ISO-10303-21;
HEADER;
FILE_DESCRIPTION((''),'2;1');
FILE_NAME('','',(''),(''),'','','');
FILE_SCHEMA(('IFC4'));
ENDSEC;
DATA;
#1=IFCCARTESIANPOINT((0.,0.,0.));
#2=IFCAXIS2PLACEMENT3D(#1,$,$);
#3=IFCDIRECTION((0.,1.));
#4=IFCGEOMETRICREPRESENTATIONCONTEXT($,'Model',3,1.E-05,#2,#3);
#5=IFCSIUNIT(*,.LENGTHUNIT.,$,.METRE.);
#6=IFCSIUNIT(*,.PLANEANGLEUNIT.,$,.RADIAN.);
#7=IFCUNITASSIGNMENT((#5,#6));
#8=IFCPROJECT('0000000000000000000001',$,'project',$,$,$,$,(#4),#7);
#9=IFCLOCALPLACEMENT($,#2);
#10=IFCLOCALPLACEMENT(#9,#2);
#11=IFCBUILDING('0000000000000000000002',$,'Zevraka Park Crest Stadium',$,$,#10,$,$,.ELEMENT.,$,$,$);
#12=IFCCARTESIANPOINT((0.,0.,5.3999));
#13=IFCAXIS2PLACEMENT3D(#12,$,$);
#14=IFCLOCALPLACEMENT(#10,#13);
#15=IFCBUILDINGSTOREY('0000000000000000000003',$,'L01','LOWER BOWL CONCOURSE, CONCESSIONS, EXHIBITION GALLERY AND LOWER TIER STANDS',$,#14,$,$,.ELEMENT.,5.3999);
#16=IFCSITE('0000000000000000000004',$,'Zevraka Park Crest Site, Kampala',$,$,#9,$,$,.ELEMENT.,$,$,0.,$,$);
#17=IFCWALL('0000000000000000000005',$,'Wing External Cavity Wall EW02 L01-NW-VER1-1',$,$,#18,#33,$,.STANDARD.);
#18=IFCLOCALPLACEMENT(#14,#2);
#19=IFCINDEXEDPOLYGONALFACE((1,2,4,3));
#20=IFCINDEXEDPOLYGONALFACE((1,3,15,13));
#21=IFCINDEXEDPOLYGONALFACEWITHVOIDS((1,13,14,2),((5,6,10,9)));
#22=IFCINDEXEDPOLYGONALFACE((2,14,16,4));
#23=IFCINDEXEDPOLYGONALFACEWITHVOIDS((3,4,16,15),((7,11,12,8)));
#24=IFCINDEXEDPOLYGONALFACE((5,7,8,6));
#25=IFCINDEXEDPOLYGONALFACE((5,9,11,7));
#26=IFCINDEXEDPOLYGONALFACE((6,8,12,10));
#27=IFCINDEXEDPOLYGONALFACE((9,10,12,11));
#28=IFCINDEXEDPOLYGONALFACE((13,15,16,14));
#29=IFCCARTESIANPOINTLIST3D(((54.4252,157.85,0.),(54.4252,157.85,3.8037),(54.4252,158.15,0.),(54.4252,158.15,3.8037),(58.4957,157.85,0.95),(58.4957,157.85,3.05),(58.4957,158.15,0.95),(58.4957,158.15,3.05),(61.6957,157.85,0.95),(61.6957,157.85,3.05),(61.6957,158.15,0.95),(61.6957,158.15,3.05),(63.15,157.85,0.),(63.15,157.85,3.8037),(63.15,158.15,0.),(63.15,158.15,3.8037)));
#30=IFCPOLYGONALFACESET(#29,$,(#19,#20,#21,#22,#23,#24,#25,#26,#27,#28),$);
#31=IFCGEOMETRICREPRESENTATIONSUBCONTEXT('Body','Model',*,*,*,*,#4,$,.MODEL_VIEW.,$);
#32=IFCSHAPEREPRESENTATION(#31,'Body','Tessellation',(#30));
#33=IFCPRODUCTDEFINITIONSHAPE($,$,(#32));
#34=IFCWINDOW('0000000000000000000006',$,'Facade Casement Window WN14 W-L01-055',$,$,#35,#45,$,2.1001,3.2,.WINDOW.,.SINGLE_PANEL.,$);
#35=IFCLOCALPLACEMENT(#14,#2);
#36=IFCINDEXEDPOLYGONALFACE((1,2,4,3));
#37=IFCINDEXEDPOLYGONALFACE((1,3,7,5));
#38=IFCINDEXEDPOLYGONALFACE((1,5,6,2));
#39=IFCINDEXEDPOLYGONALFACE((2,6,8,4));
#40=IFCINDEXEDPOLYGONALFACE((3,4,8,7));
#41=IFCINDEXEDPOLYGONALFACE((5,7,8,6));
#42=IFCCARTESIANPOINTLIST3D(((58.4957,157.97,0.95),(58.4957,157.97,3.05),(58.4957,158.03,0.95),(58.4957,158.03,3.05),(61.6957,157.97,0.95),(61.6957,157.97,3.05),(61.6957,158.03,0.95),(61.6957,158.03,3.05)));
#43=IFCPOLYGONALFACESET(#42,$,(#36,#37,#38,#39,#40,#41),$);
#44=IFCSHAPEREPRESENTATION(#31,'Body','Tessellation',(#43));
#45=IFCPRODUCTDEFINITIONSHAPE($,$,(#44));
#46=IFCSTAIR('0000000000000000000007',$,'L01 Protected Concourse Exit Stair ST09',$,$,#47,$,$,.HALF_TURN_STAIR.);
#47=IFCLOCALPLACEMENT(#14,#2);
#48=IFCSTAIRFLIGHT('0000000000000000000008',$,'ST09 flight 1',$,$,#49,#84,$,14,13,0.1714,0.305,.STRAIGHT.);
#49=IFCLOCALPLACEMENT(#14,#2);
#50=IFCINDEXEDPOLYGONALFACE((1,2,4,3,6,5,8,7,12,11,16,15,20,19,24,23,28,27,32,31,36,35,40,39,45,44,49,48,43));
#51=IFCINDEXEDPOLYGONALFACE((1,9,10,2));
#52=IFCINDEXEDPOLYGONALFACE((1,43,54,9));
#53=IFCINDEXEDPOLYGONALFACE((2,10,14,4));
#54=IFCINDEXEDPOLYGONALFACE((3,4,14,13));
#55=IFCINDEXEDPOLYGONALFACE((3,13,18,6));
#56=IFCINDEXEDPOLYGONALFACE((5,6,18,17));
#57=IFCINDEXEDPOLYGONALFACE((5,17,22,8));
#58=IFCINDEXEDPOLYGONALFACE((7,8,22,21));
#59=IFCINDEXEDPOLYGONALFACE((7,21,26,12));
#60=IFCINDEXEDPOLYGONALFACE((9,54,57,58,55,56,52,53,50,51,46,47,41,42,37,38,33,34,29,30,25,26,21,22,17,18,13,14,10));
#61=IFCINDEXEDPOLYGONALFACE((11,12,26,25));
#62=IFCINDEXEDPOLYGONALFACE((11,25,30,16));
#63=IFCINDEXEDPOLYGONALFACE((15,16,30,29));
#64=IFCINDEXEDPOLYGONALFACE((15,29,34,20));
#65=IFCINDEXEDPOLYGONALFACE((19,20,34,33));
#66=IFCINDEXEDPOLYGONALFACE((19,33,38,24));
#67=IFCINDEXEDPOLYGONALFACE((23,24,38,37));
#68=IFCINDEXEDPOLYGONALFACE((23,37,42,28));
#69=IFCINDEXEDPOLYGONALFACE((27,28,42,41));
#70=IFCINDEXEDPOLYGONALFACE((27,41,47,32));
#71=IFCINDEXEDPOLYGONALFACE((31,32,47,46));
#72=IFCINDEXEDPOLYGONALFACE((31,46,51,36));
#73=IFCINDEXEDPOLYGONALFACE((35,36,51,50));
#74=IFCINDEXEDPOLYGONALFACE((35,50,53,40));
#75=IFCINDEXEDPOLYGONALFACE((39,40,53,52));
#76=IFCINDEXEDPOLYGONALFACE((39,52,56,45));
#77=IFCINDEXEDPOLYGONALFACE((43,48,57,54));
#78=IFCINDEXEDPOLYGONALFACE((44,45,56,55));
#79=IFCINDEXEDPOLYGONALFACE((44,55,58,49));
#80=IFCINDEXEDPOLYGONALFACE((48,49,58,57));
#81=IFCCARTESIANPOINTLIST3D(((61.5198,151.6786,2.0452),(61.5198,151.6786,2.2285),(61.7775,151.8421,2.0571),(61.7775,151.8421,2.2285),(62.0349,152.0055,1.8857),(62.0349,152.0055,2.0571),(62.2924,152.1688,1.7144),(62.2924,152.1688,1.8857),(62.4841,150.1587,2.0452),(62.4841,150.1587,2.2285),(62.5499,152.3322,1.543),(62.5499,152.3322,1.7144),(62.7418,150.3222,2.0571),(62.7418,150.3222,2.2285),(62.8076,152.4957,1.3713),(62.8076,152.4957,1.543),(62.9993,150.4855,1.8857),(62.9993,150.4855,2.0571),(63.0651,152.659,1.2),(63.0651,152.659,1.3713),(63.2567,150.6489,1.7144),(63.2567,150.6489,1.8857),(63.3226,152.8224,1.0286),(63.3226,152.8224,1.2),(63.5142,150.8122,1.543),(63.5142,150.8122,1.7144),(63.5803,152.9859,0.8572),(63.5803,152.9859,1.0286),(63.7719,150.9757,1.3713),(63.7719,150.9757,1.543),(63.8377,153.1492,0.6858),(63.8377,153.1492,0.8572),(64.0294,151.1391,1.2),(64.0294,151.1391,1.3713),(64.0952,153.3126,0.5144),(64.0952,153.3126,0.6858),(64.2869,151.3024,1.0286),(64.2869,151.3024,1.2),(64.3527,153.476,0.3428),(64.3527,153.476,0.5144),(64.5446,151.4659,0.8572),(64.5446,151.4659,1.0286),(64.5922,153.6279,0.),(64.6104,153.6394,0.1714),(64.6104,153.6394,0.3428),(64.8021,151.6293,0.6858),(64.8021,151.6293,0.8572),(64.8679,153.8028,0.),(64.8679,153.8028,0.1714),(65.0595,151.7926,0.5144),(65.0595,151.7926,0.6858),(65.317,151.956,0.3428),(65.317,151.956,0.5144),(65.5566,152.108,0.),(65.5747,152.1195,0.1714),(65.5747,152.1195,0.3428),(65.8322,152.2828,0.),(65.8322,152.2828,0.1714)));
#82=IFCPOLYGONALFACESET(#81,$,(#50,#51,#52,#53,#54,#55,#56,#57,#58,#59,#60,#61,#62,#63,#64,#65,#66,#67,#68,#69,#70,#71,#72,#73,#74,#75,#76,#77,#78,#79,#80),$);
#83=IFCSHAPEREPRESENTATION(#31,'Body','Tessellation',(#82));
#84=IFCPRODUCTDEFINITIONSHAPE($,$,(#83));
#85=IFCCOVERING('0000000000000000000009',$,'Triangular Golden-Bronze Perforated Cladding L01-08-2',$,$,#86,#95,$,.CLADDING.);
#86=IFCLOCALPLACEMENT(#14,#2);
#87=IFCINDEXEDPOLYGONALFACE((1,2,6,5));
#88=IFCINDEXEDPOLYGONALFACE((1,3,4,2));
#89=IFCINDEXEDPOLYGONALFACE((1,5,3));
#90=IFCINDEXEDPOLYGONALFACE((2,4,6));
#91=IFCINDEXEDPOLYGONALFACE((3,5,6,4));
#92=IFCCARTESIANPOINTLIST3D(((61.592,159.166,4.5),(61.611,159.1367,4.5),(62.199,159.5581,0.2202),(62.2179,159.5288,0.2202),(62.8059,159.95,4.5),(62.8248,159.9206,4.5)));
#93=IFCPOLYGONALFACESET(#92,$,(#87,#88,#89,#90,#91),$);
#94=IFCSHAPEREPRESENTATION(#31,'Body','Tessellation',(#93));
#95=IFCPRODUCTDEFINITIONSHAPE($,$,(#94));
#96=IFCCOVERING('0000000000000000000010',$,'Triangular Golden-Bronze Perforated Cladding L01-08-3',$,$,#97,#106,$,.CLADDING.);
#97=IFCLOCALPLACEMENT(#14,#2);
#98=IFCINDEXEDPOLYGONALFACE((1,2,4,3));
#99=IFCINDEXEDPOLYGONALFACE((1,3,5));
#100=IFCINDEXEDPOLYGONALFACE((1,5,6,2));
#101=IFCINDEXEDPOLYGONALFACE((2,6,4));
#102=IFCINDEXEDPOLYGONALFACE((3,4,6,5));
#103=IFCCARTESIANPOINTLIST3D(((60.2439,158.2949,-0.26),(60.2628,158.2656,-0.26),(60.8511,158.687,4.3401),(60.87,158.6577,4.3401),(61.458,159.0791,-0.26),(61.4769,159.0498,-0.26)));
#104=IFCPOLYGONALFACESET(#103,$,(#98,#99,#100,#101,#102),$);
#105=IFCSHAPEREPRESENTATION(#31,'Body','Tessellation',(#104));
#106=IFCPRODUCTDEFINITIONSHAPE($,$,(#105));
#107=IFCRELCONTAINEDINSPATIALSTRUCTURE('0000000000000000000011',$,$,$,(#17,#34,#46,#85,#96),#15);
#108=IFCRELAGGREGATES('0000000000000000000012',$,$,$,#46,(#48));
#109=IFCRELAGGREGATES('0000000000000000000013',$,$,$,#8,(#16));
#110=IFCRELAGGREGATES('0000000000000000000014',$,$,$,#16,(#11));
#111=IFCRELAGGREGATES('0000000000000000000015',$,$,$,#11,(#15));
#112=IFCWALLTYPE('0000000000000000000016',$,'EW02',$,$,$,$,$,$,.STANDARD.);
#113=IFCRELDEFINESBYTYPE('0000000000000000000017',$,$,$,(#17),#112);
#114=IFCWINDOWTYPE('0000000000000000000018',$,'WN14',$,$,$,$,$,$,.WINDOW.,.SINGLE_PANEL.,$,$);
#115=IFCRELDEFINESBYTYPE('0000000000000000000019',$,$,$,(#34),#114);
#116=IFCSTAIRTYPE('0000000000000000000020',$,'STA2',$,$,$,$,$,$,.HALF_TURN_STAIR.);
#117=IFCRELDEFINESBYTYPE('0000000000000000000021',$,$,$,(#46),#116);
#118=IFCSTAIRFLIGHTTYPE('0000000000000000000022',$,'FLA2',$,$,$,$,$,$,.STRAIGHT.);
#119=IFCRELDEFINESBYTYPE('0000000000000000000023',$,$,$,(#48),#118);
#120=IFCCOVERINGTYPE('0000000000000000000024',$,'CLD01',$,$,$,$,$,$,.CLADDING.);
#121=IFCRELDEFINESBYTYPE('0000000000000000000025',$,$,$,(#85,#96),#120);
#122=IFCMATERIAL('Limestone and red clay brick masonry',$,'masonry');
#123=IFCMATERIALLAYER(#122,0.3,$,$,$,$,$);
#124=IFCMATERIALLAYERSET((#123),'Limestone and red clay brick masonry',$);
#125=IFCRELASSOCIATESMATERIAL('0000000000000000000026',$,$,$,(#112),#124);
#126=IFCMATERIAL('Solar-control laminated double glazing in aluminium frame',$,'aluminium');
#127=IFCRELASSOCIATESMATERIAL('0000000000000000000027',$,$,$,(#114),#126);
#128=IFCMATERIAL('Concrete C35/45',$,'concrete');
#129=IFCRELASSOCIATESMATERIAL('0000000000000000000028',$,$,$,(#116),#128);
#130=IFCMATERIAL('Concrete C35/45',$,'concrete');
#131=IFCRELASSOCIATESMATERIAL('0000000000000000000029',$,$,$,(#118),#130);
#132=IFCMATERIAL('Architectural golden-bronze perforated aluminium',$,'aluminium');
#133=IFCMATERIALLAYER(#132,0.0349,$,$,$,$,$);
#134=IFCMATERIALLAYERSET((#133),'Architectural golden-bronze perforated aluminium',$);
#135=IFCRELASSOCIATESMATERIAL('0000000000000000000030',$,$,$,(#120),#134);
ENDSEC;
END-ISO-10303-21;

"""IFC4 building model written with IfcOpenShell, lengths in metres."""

from ifc_helpers import new_model, si_unit, direction, frame, frame_2d, origin, place, context, subcontext, project, spatial, polyline, rectangle, outline, extrude, material, layer, layer_set, type_object, element, fill, aggregate, save


model = new_model("IFC4")

# Units and contexts
model_context = context("Model", 3, precision=1e-05, world=origin(), true_north=direction((0.0, 1.0)))
body_context = subcontext(model_context, "Body", "Model", "MODEL_VIEW")
ifc_project = project(units=[si_unit("LENGTHUNIT", "METRE"), si_unit("PLANEANGLEUNIT", "RADIAN")], contexts=[model_context])

# Site, building, storey
site_placement = place(None, origin())
site = spatial("IfcSite", under=ifc_project, at=site_placement, Name="Zevraka Park Crest Site, Kampala", CompositionType="ELEMENT", RefElevation=0.0)
building_placement = place(site_placement, origin())
building = spatial("IfcBuilding", under=site, at=building_placement, Name="Zevraka Park Crest Stadium", CompositionType="ELEMENT")
storey_placement = place(building_placement, frame((0.0, 0.0, 5.3999)))
storey = spatial("IfcBuildingStorey", under=building, at=storey_placement, Name="L01", Description="LOWER BOWL CONCOURSE, CONCESSIONS, EXHIBITION GALLERY AND LOWER TIER STANDS", CompositionType="ELEMENT", Elevation=5.3999)

# Wall, opening, window
ifc_material_1 = material(Name="Limestone and red clay brick masonry", Category="masonry")
ifc_layer_1 = layer(ifc_material_1, 0.3)
ifc_layer_set_1 = layer_set([ifc_layer_1], Name="Limestone and red clay brick masonry")
wall_type = type_object("IfcWallType", Name="EW02", PredefinedType="STANDARD", material=ifc_layer_set_1)
wall_placement = place(storey_placement, frame((63.1499, 158.0, 0.0), z_axis=(0.0, 0.0, 1.0), x_axis=(-1.0, 0.0, 0.0)))
wall = element("IfcWall", 1, at=wall_placement, inside=storey, type_object=wall_type, Name="Wing External Cavity Wall EW02 L01-NW-VER1-1", PredefinedType="STANDARD", context=body_context, shape_type="SweptSolid", body=[
    extrude(rectangle(XDim=8.7249, YDim=0.3, at=frame_2d((4.3623, 0.0))), origin(), (0.0, 0.0, 1.0), 3.8037),
])
opening_placement = place(wall_placement, frame((1.4541, 0.0, 0.95)))
opening = element("IfcOpeningElement", 2, at=opening_placement, cuts=wall, PredefinedType="OPENING", context=body_context, shape_type="SweptSolid", body=[
    extrude(rectangle(XDim=3.2, YDim=2.1001, at=frame_2d((1.6001, 1.05))), frame((0.0, 0.1599, 0.0), z_axis=(0.0, -1.0, 0.0), x_axis=(1.0, 0.0, 0.0)), (0.0, 0.0, 1.0), 0.3201),
])
ifc_material_2 = material(Name="Solar-control laminated double glazing in aluminium frame", Category="aluminium")
window_type = type_object("IfcWindowType", Name="WN14", PartitioningType="SINGLE_PANEL", PredefinedType="WINDOW", material=ifc_material_2)
window_placement = place(opening_placement, origin())
window = element("IfcWindow", 3, at=window_placement, inside=storey, type_object=window_type, Name="Facade Casement Window WN14 W-L01-055", OverallHeight=2.1001, OverallWidth=3.2, PartitioningType="SINGLE_PANEL", PredefinedType="WINDOW", context=body_context, shape_type="SweptSolid", body=[
    extrude(rectangle(XDim=3.2, YDim=2.1001, at=frame_2d((1.6001, 1.05))), frame((0.0, 0.03, 0.0), z_axis=(0.0, -1.0, 0.0), x_axis=(1.0, 0.0, 0.0)), (0.0, 0.0, 1.0), 0.0601),
])
fill(opening, window)

# Stair, stair flight
ifc_material_3 = material(Name="Concrete C35/45", Category="concrete")
stair_type = type_object("IfcStairType", Name="STA2", PredefinedType="HALF_TURN_STAIR", material=ifc_material_3)
stair_placement = place(storey_placement, origin())
stair = element("IfcStair", 4, at=stair_placement, inside=storey, type_object=stair_type, Name="L01 Protected Concourse Exit Stair ST09", PredefinedType="HALF_TURN_STAIR")
ifc_material_4 = material(Name="Concrete C35/45", Category="concrete")
stair_flight_type = type_object("IfcStairFlightType", Name="FLA2", PredefinedType="STRAIGHT", material=ifc_material_4)
stair_flight_placement = place(storey_placement, frame((65.3501, 153.0427, 0.0), z_axis=(0.0, 0.0, 1.0), x_axis=(-0.844397, -0.535718, 0.0)))
stair_flight = element("IfcStairFlight", 5, at=stair_flight_placement, type_object=stair_flight_type, Name="ST09 flight 1", NumberOfRisers=14, NumberOfTreads=13, PredefinedType="STRAIGHT", RiserHeight=0.1714, TreadLength=0.305, context=body_context, shape_type="SweptSolid", body=[
    extrude(outline(polyline([(0.0, 0.0), (0.0, 0.1714), (0.3049, 0.1714), (0.3049, 0.3428), (0.6101, 0.3428), (0.6101, 0.5144), (0.915, 0.5144), (0.915, 0.6858), (1.22, 0.6858), (1.22, 0.8572), (1.5249, 0.8572), (1.5249, 1.0286), (1.8301, 1.0286), (1.8301, 1.2), (2.135, 1.2), (2.135, 1.3713), (2.4399, 1.3713), (2.4399, 1.543), (2.7451, 1.543), (2.7451, 1.7144), (3.05, 1.7144), (3.05, 1.8857), (3.355, 1.8857), (3.355, 2.0571), (3.6599, 2.0571), (3.6599, 2.2285), (3.9651, 2.2285), (3.9651, 2.3999), (3.9651, 2.0452), (0.3264, 0.0), (0.0, 0.0)])), frame((0.0, 0.8999, 0.0), z_axis=(0.0, -1.0, 0.0), x_axis=(1.0, 0.0, 0.0)), (0.0, 0.0, 1.0), 1.8),
])
aggregate(stair, [stair_flight])

# Coverings
ifc_material_5 = material(Name="Architectural golden-bronze perforated aluminium", Category="aluminium")
ifc_layer_2 = layer(ifc_material_5, 0.0349)
ifc_layer_set_2 = layer_set([ifc_layer_2], Name="Architectural golden-bronze perforated aluminium")
covering_type = type_object("IfcCoveringType", Name="CLD01", PredefinedType="CLADDING", material=ifc_layer_set_2)
covering_1_placement = place(storey_placement, frame((61.592, 159.166, 4.5), z_axis=(-0.542515, 0.840046, 0.000024), x_axis=(0.840046, 0.542515, 0.0)))
element("IfcCovering", 6, at=covering_1_placement, inside=storey, type_object=covering_type, Name="Triangular Golden-Bronze Perforated Cladding L01-08-2", PredefinedType="CLADDING", context=body_context, shape_type="SweptSolid", body=[
    extrude(outline(polyline([(0.0, 0.0), (1.445, 0.0), (0.7226, 4.2798), (0.0, 0.0)])), origin(), (0.0, 0.0, -1.0), 0.0349),
])
covering_2_placement = place(storey_placement, frame((61.458, 159.0791, -0.26), z_axis=(-0.542558, 0.840019, 0.000014), x_axis=(-0.840019, -0.542558, 0.0)))
element("IfcCovering", 7, at=covering_2_placement, inside=storey, type_object=covering_type, Name="Triangular Golden-Bronze Perforated Cladding L01-08-3", PredefinedType="CLADDING", context=body_context, shape_type="SweptSolid", body=[
    extrude(outline(polyline([(0.0, 0.0), (1.4453, 0.0), (0.7226, 4.6001), (0.0, 0.0)])), origin(), (0.0, 0.0, -1.0), 0.0349),
])

save(model, "model.ifc")
